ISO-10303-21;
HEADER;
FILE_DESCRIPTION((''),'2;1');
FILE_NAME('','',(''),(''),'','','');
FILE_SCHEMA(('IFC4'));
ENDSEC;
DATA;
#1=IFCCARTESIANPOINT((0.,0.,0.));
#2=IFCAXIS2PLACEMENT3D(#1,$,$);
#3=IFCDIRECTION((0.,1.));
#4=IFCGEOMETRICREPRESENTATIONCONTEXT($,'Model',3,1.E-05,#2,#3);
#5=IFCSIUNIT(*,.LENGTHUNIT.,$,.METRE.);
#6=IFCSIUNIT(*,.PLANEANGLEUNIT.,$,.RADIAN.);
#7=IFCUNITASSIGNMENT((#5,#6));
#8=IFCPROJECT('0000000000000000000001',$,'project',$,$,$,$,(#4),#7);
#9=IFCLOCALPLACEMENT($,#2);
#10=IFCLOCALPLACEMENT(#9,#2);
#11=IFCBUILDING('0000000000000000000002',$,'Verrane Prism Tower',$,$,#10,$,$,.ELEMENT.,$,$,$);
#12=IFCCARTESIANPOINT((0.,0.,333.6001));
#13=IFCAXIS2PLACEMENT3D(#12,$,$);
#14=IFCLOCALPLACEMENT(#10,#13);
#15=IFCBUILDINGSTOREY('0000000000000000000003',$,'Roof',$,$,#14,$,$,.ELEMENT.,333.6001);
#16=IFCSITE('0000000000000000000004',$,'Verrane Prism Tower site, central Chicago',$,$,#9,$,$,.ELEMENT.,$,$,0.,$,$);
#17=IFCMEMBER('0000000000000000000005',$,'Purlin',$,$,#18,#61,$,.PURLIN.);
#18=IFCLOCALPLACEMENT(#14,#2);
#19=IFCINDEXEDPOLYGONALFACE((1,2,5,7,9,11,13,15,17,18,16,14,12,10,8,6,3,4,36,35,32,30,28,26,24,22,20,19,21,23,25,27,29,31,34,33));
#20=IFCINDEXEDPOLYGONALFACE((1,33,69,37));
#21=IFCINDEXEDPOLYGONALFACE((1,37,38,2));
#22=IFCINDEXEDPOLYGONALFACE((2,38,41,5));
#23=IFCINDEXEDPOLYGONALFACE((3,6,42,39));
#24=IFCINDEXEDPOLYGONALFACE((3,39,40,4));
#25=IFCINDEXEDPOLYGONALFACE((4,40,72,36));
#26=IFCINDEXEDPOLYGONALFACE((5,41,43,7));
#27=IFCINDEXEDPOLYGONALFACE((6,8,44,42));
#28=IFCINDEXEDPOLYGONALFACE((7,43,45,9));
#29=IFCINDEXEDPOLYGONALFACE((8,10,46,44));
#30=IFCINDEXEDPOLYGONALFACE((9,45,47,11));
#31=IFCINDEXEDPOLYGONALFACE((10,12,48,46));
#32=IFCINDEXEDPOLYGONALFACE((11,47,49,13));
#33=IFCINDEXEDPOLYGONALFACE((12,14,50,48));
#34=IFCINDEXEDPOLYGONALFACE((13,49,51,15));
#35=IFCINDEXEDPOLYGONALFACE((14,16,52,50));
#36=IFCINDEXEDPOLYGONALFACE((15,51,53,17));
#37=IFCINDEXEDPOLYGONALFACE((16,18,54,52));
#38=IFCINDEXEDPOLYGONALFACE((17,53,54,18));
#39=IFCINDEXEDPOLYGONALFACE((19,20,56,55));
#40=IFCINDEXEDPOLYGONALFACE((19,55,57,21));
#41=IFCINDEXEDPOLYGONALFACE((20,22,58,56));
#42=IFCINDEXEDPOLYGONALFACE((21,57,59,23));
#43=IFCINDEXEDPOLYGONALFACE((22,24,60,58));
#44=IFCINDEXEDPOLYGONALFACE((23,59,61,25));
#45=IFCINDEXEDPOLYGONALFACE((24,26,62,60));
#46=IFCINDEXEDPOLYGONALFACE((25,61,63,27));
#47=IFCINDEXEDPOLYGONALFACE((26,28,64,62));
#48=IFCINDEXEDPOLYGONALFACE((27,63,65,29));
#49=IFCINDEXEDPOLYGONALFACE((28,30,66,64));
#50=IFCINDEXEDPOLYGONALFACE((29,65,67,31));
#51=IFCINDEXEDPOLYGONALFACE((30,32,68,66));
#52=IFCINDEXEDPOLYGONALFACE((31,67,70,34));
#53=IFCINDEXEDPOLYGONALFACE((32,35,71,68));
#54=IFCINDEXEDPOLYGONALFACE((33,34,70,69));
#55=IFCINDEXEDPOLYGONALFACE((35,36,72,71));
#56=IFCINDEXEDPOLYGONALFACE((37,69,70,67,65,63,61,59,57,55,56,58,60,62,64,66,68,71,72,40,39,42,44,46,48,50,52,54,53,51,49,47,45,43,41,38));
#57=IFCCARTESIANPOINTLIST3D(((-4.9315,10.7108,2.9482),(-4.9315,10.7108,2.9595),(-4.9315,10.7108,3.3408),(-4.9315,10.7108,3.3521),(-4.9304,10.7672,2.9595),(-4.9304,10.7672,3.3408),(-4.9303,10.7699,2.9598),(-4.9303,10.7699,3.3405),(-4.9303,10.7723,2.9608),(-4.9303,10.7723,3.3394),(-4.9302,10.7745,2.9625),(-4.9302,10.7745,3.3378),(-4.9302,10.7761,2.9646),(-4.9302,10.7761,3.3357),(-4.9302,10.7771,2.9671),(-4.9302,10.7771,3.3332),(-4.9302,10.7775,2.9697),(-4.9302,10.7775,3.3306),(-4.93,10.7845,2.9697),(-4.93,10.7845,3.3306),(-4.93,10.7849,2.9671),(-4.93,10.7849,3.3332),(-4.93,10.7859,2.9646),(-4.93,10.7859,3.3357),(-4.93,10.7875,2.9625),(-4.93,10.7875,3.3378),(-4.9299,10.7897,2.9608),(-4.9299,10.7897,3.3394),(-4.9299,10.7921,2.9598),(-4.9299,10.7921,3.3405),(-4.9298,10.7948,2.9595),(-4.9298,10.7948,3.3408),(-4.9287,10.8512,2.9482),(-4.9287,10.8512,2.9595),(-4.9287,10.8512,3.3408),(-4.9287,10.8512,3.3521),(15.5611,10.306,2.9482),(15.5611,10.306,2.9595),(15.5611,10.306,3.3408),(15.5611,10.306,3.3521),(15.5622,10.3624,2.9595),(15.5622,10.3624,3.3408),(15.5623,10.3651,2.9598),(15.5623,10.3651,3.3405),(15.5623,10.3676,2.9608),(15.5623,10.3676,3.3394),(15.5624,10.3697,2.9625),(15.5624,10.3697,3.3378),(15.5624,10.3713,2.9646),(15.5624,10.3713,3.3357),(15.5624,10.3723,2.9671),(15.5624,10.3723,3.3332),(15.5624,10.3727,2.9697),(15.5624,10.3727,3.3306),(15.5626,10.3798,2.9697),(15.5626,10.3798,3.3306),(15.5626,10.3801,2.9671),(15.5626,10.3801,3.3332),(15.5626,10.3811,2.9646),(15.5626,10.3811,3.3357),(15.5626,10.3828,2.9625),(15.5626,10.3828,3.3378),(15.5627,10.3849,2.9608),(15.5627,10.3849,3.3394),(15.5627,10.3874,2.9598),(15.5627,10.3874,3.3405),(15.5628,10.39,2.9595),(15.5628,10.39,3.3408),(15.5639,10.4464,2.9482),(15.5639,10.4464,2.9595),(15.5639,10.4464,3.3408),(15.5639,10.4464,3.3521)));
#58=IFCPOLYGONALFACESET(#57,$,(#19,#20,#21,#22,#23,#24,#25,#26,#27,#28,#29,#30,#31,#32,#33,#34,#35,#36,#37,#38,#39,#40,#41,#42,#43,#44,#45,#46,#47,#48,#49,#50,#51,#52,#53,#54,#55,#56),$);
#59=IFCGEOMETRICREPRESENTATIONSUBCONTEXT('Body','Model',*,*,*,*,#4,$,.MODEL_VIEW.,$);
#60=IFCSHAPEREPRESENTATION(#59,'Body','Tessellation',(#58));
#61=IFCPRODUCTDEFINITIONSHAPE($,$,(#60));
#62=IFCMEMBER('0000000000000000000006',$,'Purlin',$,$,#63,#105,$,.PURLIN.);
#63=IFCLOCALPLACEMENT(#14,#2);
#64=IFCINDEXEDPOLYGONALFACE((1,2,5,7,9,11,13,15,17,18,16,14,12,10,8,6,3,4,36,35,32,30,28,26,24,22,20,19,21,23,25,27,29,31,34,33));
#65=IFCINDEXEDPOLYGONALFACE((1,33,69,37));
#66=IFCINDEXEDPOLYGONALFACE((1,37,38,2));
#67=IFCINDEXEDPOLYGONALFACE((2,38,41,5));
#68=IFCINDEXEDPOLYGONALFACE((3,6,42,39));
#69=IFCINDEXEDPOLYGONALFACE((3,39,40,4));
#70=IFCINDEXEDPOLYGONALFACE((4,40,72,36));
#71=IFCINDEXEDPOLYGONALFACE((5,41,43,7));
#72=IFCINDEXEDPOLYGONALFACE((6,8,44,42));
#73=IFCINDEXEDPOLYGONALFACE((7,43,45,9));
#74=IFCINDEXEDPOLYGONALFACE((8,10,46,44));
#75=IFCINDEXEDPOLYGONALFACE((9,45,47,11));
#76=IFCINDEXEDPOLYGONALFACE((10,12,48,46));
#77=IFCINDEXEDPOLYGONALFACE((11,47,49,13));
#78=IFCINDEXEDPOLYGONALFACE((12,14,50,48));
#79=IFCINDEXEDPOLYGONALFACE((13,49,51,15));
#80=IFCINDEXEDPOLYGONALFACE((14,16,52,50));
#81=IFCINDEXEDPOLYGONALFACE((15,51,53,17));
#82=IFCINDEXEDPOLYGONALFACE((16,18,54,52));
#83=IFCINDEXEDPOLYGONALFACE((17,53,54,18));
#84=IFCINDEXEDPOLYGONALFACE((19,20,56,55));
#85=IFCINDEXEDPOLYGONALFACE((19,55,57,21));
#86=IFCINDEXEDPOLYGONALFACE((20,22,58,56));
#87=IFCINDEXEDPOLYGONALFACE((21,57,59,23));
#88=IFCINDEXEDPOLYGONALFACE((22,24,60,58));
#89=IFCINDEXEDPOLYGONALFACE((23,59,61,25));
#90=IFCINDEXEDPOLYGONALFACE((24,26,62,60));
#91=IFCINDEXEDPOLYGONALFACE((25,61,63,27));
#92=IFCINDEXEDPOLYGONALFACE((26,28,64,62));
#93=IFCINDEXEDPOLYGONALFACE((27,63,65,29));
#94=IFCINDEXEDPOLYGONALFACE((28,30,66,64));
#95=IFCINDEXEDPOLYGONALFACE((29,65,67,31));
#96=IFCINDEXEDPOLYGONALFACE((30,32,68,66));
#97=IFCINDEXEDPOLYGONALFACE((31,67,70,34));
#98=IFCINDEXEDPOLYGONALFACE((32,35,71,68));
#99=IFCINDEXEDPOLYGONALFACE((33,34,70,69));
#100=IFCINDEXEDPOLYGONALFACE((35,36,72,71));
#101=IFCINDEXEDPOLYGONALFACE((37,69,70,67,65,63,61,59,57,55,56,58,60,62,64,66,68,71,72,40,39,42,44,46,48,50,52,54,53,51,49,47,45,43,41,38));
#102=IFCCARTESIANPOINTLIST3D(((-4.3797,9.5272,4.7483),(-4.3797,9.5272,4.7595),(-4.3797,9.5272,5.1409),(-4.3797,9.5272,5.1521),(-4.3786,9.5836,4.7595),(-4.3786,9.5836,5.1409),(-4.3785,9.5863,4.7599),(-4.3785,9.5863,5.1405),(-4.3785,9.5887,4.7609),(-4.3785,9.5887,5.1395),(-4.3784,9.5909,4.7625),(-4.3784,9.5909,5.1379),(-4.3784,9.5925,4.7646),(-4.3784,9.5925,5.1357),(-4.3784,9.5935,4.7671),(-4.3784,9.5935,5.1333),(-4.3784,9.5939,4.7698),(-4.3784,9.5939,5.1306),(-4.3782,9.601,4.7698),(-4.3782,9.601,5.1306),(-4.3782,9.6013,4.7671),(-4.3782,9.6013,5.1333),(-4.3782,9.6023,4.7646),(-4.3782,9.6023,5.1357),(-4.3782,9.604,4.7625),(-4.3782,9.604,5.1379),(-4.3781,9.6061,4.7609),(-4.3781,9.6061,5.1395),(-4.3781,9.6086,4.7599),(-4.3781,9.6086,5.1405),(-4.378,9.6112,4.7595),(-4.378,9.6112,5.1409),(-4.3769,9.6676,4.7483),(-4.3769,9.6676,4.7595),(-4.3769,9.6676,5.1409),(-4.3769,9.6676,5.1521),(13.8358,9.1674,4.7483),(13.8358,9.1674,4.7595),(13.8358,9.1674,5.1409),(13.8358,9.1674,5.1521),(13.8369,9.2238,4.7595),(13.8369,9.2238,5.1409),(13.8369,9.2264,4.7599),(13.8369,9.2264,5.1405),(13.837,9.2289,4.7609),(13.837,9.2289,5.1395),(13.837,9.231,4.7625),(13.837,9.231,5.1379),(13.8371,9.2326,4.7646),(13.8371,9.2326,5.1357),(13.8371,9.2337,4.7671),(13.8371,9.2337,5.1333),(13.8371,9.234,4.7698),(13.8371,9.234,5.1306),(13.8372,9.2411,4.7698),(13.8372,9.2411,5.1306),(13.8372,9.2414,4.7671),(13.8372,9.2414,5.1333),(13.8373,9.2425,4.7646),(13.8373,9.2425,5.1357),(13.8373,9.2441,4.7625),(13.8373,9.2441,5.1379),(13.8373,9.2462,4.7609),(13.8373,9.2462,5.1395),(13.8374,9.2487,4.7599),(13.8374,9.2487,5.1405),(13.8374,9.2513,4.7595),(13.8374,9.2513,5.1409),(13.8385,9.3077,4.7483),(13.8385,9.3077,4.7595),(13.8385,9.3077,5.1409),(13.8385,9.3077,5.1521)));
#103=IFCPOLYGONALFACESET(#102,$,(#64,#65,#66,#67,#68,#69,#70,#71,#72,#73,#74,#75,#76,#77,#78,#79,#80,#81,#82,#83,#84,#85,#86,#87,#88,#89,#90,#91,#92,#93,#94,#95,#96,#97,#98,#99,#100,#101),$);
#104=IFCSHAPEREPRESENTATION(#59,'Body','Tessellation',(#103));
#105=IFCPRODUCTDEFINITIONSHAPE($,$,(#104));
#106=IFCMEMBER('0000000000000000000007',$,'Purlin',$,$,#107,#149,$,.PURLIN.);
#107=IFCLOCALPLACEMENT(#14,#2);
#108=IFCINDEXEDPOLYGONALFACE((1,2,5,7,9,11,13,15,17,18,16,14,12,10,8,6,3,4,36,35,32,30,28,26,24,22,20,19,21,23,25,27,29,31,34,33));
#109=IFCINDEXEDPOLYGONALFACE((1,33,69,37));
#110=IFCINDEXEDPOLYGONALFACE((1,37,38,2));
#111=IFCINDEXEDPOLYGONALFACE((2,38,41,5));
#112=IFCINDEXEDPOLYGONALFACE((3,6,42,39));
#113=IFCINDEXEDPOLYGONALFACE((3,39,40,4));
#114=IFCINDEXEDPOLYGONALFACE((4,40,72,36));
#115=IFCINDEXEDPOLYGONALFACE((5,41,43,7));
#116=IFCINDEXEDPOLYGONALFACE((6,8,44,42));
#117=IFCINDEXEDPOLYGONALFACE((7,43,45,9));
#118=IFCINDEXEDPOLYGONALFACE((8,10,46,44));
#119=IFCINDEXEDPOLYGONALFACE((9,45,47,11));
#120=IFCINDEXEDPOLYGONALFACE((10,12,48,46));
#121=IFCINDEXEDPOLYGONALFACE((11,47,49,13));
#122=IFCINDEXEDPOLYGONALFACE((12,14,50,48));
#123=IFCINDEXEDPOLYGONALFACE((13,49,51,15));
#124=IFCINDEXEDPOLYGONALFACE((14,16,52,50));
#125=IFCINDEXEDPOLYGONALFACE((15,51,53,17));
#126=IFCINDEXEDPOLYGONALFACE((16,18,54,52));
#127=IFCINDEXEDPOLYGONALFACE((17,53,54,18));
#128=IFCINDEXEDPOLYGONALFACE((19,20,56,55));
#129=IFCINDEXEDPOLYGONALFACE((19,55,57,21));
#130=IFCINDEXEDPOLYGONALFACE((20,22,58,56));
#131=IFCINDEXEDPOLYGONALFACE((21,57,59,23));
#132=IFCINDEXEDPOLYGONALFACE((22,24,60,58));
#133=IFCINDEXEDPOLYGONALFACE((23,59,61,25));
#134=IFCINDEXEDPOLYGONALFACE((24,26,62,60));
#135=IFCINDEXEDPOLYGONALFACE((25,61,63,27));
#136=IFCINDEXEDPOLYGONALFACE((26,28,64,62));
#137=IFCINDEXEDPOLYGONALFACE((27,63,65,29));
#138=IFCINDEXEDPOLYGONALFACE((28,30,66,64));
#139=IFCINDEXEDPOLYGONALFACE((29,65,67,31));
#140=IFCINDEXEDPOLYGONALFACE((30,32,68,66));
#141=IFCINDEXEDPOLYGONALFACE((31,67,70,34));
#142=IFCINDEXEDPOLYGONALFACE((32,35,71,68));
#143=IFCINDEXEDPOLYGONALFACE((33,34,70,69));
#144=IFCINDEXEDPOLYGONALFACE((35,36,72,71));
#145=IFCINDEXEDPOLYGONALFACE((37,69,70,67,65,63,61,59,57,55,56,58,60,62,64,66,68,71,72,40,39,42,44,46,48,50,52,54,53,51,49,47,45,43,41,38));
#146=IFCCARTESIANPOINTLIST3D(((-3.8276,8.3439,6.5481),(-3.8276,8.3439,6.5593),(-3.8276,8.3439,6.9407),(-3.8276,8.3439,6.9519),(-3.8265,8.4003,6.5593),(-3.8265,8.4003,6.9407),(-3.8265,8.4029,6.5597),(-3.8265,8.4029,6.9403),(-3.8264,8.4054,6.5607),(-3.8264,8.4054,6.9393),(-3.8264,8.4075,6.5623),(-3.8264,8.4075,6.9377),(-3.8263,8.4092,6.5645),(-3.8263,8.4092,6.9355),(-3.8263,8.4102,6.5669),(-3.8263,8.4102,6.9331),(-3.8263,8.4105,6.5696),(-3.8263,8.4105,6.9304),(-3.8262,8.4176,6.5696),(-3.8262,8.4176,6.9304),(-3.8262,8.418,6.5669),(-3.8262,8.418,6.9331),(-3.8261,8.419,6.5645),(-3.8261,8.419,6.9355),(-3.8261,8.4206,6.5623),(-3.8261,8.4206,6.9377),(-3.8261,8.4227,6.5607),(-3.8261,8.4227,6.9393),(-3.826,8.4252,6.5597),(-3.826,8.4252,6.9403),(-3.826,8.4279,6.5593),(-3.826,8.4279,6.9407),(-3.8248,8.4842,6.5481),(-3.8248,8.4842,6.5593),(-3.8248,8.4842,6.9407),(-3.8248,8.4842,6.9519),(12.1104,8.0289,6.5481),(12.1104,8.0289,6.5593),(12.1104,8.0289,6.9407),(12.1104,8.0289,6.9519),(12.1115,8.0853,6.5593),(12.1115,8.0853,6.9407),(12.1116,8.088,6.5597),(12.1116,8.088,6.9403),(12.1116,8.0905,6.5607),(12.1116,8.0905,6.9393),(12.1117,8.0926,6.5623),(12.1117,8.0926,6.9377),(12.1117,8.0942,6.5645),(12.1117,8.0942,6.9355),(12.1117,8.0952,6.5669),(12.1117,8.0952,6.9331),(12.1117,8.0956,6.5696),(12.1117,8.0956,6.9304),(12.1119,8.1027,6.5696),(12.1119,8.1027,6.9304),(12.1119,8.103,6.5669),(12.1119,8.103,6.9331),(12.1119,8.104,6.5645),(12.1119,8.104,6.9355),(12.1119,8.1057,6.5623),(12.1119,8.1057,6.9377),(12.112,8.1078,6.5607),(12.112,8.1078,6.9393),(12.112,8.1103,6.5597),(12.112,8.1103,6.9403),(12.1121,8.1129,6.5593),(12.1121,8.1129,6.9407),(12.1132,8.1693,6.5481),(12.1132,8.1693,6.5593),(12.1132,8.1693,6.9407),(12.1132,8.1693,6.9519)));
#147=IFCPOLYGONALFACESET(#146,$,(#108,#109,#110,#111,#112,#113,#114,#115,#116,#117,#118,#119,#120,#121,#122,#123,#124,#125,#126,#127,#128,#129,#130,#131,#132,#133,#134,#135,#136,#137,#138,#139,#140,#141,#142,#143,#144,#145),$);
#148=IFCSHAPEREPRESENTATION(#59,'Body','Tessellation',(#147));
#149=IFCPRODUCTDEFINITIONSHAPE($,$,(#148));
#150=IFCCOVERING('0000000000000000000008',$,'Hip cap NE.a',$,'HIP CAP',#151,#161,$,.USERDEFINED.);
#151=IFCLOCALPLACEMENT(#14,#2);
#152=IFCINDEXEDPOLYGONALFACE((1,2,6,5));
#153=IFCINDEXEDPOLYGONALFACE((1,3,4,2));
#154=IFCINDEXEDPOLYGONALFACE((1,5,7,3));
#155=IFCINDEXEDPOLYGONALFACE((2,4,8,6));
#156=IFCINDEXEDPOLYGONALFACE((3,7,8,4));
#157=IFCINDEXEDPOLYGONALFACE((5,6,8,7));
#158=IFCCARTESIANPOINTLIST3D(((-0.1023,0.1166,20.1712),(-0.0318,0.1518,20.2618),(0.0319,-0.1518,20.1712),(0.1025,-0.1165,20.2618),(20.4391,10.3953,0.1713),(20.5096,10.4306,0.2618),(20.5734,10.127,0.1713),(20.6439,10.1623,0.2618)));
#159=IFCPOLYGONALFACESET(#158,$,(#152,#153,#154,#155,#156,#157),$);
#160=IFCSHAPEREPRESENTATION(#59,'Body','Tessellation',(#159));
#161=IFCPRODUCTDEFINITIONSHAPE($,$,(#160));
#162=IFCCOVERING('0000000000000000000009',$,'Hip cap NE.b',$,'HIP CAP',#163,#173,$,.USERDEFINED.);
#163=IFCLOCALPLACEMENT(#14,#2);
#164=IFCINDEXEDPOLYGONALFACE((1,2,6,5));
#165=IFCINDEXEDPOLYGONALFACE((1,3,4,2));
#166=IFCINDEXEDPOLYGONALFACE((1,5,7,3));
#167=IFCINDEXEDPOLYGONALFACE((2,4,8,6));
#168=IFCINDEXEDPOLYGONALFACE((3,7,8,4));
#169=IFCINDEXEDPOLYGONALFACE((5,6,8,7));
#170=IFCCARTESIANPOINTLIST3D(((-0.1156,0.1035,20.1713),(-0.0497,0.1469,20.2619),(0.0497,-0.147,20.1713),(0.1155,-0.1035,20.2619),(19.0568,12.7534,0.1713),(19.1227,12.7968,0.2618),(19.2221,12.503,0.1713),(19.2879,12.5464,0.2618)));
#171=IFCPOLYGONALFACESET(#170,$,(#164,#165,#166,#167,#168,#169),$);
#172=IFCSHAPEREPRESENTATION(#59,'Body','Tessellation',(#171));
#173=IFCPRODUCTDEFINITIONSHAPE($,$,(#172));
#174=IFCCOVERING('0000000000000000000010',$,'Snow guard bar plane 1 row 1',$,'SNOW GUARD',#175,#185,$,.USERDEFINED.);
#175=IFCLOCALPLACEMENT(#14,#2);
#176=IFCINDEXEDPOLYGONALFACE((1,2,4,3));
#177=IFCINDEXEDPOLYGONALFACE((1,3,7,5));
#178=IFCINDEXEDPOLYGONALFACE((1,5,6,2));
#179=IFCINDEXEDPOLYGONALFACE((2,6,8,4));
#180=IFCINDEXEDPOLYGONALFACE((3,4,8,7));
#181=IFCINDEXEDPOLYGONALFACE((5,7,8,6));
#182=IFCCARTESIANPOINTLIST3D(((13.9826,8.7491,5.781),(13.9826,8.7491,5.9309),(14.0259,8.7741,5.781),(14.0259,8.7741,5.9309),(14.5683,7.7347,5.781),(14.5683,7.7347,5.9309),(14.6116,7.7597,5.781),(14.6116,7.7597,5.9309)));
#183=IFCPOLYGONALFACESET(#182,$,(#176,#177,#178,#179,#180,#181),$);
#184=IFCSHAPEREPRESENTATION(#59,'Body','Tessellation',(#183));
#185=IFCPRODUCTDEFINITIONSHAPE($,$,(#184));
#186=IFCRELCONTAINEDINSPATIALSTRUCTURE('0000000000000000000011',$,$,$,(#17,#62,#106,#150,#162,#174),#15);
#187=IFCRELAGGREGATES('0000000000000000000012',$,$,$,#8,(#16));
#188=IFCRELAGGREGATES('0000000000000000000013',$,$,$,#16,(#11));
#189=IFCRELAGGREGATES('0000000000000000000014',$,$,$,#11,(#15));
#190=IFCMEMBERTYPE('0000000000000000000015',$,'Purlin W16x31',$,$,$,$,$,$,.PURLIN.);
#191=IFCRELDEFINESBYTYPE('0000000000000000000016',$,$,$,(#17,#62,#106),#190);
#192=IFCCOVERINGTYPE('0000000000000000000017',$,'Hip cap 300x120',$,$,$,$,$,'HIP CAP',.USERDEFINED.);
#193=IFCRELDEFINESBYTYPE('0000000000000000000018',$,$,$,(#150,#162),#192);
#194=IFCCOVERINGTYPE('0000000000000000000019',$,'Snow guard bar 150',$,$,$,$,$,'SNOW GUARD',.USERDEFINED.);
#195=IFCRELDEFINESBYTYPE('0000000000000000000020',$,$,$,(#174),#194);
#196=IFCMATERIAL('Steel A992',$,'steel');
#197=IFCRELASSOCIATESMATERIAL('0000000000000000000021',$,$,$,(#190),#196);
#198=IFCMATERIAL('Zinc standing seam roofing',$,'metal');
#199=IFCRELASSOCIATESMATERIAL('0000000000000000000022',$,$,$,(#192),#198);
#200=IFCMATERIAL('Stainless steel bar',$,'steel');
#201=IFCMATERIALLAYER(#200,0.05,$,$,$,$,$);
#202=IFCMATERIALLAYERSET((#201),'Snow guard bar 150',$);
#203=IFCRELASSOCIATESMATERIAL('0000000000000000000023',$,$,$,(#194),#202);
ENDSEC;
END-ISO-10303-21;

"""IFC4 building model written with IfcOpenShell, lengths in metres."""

from ifc_helpers import new_model, si_unit, direction, frame, origin, origin_2d, place, context, subcontext, project, spatial, rectangle, i_section, extrude, material, layer, layer_set, material_profile, profile_set, type_object, element, save


model = new_model("IFC4")

# Units and contexts
model_context = context("Model", 3, precision=1e-05, world=origin(), true_north=direction((0.0, 1.0)))
body_context = subcontext(model_context, "Body", "Model", "MODEL_VIEW")
ifc_project = project(units=[si_unit("LENGTHUNIT", "METRE"), si_unit("PLANEANGLEUNIT", "RADIAN")], contexts=[model_context])

# Site, building, storey
site_placement = place(None, origin())
site = spatial("IfcSite", under=ifc_project, at=site_placement, Name="Verrane Prism Tower site, central Chicago", CompositionType="ELEMENT", RefElevation=0.0)
building_placement = place(site_placement, origin())
building = spatial("IfcBuilding", under=site, at=building_placement, Name="Verrane Prism Tower", CompositionType="ELEMENT")
storey_placement = place(building_placement, frame((0.0, 0.0, 333.6001)))
storey = spatial("IfcBuildingStorey", under=building, at=storey_placement, Name="Roof", CompositionType="ELEMENT", Elevation=333.6001)

# Members
ifc_material_1 = material(Name="Steel A992", Category="steel")
ifc_material_profile_1 = material_profile(ifc_material_1, i_section(OverallWidth=0.1404, OverallDepth=0.4038, WebThickness=0.0071, FlangeThickness=0.0112, FilletRadius=0.0103, at=origin_2d()), Name="W16x31")
ifc_profile_set_1 = profile_set([ifc_material_profile_1], Name="Steel A992")
member_type_1 = type_object("IfcMemberType", Name="Purlin W16x31", PredefinedType="PURLIN", material=ifc_profile_set_1)
member_1_placement = place(storey_placement, frame((15.5625, 10.3762, 3.1501), z_axis=(-0.999805, 0.019749, 0.0), x_axis=(-0.019749, -0.999805, 0.0)))
element("IfcMember", 1, at=member_1_placement, inside=storey, type_object=member_type_1, Name="Purlin", PredefinedType="PURLIN", context=body_context, shape_type="SweptSolid", body=[
    extrude(i_section(OverallWidth=0.1404, OverallDepth=0.4038, WebThickness=0.0071, FlangeThickness=0.0112, FilletRadius=0.0103, at=origin_2d()), origin(), (0.0, 0.0, 1.0), 20.4966),
])
member_2_placement = place(storey_placement, frame((13.8372, 9.2375, 4.9502), z_axis=(-0.999805, 0.019752, 0.0), x_axis=(-0.019752, -0.999805, 0.0)))
element("IfcMember", 2, at=member_2_placement, inside=storey, type_object=member_type_1, Name="Purlin", PredefinedType="PURLIN", context=body_context, shape_type="SweptSolid", body=[
    extrude(i_section(OverallWidth=0.1404, OverallDepth=0.4038, WebThickness=0.0071, FlangeThickness=0.0112, FilletRadius=0.0103, at=origin_2d()), origin(), (0.0, 0.0, 1.0), 18.219),
])
member_3_placement = place(storey_placement, frame((12.1118, 8.0991, 6.75), z_axis=(-0.999805, 0.019757, 0.0), x_axis=(-0.019757, -0.999805, 0.0)))
element("IfcMember", 3, at=member_3_placement, inside=storey, type_object=member_type_1, Name="Purlin", PredefinedType="PURLIN", context=body_context, shape_type="SweptSolid", body=[
    extrude(i_section(OverallWidth=0.1404, OverallDepth=0.4038, WebThickness=0.0071, FlangeThickness=0.0112, FilletRadius=0.0103, at=origin_2d()), origin(), (0.0, 0.0, 1.0), 15.9412),
])

# Coverings
ifc_material_2 = material(Name="Zinc standing seam roofing", Category="metal")
ifc_material_profile_2 = material_profile(ifc_material_2, rectangle(XDim=0.3, YDim=0.1201, at=origin_2d()), Name="Hip cap 300x120")
ifc_profile_set_2 = profile_set([ifc_material_profile_2], Name="Zinc standing seam roofing")
covering_type_1 = type_object("IfcCoveringType", Name="Hip cap 300x120", ElementType="HIP CAP", PredefinedType="USERDEFINED", material=ifc_profile_set_2)
for number, where, z_axis, x_axis, name in (
    (4, (20.5415, 10.2788, 0.2166), (-0.674451, -0.33749, 0.656671), (0.447494, -0.894287, 0.0), "Hip cap NE.a"),
    (5, (19.1724, 12.6499, 0.2166), (-0.629499, -0.415343, 0.656674), (0.550725, -0.834687, 0.0), "Hip cap NE.b"),
):
    element("IfcCovering", number, at=place(storey_placement, frame(where, z_axis=z_axis, x_axis=x_axis)), inside=storey, type_object=covering_type_1, Name=name, ObjectType="HIP CAP", PredefinedType="USERDEFINED", context=body_context, shape_type="SweptSolid", body=[
        extrude(rectangle(XDim=0.3, YDim=0.1201, at=origin_2d()), origin(), (0.0, 0.0, 1.0), 30.4565),
    ])
ifc_material_3 = material(Name="Stainless steel bar", Category="steel")
ifc_layer_1 = layer(ifc_material_3, 0.05)
ifc_layer_set_1 = layer_set([ifc_layer_1], Name="Snow guard bar 150")
covering_type_2 = type_object("IfcCoveringType", Name="Snow guard bar 150", ElementType="SNOW GUARD", PredefinedType="USERDEFINED", material=ifc_layer_set_1)
covering_1_placement = place(storey_placement, frame((14.2971, 8.2544, 5.781), z_axis=(0.0, 0.0, 1.0), x_axis=(-0.499997, 0.866027, 0.0)))
element("IfcCovering", 6, at=covering_1_placement, inside=storey, type_object=covering_type_2, Name="Snow guard bar plane 1 row 1", ObjectType="SNOW GUARD", PredefinedType="USERDEFINED", context=body_context, shape_type="SweptSolid", body=[
    extrude(rectangle(XDim=1.1714, YDim=0.05, at=origin_2d()), origin(), (0.0, 0.0, 1.0), 0.1499),
])

save(model, "model.ifc")
